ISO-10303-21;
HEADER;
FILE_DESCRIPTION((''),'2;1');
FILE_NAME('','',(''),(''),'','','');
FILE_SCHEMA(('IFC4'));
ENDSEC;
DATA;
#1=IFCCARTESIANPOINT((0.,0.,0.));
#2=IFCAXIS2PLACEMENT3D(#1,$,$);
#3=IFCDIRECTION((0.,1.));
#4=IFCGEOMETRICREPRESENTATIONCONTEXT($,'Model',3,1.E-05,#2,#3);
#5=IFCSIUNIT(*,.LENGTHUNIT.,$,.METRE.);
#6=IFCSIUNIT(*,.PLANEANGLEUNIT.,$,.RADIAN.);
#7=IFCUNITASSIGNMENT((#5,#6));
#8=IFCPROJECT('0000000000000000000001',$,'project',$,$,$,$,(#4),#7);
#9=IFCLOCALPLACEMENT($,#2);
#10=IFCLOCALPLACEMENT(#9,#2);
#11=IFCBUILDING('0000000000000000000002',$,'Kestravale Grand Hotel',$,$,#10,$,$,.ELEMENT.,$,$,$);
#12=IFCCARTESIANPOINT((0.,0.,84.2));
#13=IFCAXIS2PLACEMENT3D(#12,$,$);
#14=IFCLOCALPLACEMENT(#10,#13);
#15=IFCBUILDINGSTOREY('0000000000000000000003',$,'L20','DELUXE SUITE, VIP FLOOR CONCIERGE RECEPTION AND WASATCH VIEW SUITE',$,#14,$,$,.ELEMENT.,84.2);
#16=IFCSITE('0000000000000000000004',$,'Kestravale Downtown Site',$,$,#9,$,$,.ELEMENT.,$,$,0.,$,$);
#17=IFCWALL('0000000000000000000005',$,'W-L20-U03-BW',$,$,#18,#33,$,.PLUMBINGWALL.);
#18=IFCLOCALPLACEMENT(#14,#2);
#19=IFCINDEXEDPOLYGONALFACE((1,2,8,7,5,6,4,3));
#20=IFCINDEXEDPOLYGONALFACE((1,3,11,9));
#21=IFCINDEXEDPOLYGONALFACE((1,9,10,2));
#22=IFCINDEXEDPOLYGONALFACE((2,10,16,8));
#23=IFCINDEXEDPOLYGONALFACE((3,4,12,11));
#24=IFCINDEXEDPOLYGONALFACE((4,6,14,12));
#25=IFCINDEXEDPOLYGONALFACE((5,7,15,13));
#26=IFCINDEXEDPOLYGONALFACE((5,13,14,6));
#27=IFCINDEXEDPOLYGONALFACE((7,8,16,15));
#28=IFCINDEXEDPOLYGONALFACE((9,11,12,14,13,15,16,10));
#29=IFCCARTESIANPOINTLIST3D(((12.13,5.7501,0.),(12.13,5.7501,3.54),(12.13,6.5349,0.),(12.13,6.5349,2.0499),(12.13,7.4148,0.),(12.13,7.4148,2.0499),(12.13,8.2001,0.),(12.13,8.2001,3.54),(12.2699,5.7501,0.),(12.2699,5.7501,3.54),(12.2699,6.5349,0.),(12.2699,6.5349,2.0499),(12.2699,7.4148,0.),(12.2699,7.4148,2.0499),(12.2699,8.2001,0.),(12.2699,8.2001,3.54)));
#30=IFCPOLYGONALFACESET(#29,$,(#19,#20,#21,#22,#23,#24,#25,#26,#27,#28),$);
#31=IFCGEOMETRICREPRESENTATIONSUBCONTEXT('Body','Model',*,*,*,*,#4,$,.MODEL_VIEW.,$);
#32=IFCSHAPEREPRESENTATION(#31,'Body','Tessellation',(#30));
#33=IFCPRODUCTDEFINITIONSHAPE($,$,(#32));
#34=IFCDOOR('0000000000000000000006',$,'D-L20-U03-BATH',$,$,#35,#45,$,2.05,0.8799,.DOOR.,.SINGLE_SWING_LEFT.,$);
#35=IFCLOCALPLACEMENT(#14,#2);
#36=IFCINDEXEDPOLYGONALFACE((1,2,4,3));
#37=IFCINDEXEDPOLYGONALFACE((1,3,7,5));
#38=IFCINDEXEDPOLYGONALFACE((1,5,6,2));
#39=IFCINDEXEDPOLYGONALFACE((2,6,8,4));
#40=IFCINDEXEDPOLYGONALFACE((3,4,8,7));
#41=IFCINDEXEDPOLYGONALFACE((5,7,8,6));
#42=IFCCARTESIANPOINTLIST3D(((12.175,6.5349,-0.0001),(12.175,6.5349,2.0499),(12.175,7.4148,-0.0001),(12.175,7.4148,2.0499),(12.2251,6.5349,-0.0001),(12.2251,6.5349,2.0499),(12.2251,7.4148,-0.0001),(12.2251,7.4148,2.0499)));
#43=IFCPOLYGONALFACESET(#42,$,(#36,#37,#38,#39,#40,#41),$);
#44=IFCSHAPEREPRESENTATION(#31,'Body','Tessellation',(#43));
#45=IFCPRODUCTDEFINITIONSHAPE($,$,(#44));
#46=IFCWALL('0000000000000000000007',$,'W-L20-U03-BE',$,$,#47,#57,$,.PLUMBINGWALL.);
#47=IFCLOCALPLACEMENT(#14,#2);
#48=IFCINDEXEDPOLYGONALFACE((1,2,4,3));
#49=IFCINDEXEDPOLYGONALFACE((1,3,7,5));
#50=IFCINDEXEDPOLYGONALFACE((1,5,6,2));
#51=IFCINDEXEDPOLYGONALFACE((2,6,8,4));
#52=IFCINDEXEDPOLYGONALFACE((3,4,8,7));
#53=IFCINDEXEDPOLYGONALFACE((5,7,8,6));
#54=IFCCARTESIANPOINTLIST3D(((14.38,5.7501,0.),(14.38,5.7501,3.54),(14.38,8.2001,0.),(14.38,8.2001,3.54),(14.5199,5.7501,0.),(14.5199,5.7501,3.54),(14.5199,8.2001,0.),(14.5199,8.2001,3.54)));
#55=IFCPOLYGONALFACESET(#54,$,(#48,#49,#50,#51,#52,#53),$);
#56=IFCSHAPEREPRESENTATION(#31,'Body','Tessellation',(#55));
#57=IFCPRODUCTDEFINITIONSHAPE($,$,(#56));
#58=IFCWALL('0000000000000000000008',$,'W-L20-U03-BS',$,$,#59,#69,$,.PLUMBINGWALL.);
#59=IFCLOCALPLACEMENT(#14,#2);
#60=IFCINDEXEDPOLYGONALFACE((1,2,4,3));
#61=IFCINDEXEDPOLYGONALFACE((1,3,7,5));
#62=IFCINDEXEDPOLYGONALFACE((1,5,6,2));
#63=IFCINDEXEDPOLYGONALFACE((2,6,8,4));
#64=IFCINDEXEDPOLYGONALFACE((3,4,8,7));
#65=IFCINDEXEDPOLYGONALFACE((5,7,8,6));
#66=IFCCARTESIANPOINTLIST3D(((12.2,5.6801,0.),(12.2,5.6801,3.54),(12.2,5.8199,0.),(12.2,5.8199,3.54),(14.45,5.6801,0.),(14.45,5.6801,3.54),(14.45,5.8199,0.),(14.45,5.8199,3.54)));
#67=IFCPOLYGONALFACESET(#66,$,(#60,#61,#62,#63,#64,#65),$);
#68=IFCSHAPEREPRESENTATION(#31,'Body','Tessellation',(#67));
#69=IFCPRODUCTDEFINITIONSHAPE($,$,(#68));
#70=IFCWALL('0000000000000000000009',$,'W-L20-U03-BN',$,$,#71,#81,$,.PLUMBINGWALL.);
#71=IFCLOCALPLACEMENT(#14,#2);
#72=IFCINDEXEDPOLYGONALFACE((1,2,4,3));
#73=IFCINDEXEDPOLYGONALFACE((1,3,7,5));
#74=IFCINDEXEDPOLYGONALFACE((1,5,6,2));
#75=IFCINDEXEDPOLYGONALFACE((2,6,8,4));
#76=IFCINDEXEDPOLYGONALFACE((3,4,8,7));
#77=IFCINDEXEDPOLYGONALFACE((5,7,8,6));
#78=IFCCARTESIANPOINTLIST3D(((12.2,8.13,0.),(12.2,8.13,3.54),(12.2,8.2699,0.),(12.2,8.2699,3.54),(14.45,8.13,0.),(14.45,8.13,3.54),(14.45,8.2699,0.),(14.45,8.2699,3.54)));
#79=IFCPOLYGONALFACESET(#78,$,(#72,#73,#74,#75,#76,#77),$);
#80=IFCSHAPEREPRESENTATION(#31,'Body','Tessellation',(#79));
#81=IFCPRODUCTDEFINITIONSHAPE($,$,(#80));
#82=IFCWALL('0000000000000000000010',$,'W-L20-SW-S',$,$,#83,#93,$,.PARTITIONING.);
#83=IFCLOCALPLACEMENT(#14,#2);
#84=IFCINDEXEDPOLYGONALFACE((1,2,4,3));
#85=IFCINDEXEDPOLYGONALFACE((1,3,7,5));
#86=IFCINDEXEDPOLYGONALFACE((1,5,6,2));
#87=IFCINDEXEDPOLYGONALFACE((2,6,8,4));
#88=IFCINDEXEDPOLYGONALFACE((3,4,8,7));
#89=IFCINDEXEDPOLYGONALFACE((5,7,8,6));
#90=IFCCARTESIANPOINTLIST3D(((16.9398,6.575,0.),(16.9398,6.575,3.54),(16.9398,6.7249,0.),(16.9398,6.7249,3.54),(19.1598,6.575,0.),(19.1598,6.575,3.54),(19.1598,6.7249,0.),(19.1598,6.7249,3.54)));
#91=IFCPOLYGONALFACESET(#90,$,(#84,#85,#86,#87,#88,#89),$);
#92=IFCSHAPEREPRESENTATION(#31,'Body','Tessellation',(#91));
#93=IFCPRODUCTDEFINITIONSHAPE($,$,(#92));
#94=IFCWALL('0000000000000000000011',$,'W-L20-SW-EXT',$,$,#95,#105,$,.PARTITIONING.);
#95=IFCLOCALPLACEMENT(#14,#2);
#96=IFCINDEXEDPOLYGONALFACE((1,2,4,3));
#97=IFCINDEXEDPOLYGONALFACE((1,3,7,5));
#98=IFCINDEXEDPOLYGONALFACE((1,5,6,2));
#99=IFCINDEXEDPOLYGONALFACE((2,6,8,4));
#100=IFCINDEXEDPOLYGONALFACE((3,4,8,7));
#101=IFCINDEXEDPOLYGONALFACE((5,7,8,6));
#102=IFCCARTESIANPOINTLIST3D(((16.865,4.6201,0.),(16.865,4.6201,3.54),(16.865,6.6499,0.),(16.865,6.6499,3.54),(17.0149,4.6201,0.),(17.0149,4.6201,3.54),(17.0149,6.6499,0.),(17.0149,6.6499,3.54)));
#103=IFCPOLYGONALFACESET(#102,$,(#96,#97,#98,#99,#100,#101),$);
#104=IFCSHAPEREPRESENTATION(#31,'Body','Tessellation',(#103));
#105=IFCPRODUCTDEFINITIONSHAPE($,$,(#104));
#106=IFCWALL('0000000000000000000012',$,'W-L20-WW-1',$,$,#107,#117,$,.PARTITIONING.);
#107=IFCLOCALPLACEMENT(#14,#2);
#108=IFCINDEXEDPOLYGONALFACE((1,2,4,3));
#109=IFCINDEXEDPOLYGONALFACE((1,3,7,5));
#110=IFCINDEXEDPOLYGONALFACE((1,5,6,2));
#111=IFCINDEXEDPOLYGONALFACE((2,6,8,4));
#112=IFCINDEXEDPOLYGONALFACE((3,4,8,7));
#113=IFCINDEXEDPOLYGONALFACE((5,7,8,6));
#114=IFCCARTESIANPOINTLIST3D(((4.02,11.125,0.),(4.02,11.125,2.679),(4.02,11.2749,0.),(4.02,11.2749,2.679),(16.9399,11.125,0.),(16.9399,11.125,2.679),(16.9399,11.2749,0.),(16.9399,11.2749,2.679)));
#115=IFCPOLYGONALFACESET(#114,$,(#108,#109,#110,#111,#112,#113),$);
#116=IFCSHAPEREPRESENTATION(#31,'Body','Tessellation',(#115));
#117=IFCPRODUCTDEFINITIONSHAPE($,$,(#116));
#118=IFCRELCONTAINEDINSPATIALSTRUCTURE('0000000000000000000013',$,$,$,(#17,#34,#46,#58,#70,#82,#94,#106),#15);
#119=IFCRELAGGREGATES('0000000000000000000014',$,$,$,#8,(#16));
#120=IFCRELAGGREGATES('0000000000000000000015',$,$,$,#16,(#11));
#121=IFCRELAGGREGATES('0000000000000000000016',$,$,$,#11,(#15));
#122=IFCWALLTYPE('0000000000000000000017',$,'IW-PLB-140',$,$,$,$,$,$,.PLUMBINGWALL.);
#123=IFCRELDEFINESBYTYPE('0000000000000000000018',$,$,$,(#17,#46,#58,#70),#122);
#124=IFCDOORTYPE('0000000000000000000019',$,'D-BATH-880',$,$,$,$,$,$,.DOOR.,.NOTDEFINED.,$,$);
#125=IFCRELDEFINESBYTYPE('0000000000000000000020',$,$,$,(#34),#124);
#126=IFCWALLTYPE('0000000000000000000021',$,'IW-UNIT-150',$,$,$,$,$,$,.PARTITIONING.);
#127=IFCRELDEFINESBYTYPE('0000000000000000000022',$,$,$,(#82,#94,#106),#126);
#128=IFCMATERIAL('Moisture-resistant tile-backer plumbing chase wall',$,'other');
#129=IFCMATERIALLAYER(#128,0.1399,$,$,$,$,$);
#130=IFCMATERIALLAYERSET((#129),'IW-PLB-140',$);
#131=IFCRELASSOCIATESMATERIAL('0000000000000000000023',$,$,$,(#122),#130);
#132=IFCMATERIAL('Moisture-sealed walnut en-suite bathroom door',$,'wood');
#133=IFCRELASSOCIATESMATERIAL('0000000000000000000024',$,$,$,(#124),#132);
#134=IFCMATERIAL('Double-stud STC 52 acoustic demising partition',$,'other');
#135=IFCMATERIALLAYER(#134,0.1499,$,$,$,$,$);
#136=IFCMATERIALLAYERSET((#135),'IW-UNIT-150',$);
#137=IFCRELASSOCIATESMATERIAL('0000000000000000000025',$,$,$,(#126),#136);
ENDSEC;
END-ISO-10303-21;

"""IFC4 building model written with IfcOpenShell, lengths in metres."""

from ifc_helpers import new_model, si_unit, direction, frame, frame_2d, origin, place, context, subcontext, project, spatial, rectangle, extrude, material, layer, layer_set, type_object, element, fill, save


model = new_model("IFC4")

# Units and contexts
model_context = context("Model", 3, precision=1e-05, world=origin(), true_north=direction((0.0, 1.0)))
body_context = subcontext(model_context, "Body", "Model", "MODEL_VIEW")
ifc_project = project(units=[si_unit("LENGTHUNIT", "METRE"), si_unit("PLANEANGLEUNIT", "RADIAN")], contexts=[model_context])

# Site, building, storey
site_placement = place(None, origin())
site = spatial("IfcSite", under=ifc_project, at=site_placement, Name="Kestravale Downtown Site", CompositionType="ELEMENT", RefElevation=0.0)
building_placement = place(site_placement, origin())
building = spatial("IfcBuilding", under=site, at=building_placement, Name="Kestravale Grand Hotel", CompositionType="ELEMENT")
storey_placement = place(building_placement, frame((0.0, 0.0, 84.2)))
storey = spatial("IfcBuildingStorey", under=building, at=storey_placement, Name="L20", Description="DELUXE SUITE, VIP FLOOR CONCIERGE RECEPTION AND WASATCH VIEW SUITE", CompositionType="ELEMENT", Elevation=84.2)

# Wall, opening, door
ifc_material_1 = material(Name="Moisture-resistant tile-backer plumbing chase wall", Category="other")
ifc_layer_1 = layer(ifc_material_1, 0.1399)
ifc_layer_set_1 = layer_set([ifc_layer_1], Name="IW-PLB-140")
wall_type_1 = type_object("IfcWallType", Name="IW-PLB-140", PredefinedType="PLUMBINGWALL", material=ifc_layer_set_1)
wall_1_placement = place(storey_placement, frame((12.2, 5.75, 0.0), z_axis=(0.0, 0.0, 1.0), x_axis=(0.0, 1.0, 0.0)))
wall_1 = element("IfcWall", 1, at=wall_1_placement, inside=storey, type_object=wall_type_1, Name="W-L20-U03-BW", PredefinedType="PLUMBINGWALL", context=body_context, shape_type="SweptSolid", body=[
    extrude(rectangle(XDim=2.45, YDim=0.1399, at=frame_2d((1.2251, 0.0))), origin(), (0.0, 0.0, 1.0), 3.54),
])
opening_1_placement = place(wall_1_placement, frame((0.7849, 0.0, 0.0)))
opening_1 = element("IfcOpeningElement", 2, at=opening_1_placement, cuts=wall_1, PredefinedType="OPENING", context=body_context, shape_type="SweptSolid", body=[
    extrude(rectangle(XDim=0.8799, YDim=2.05, at=frame_2d((0.4399, 1.0249))), frame((0.0, 0.0798, 0.0), z_axis=(0.0, -1.0, 0.0), x_axis=(1.0, 0.0, 0.0)), (0.0, 0.0, 1.0), 0.1599),
])
ifc_material_2 = material(Name="Moisture-sealed walnut en-suite bathroom door", Category="wood")
door_type_1 = type_object("IfcDoorType", Name="D-BATH-880", OperationType="NOTDEFINED", PredefinedType="DOOR", material=ifc_material_2)
door_1_placement = place(opening_1_placement, origin())
door_1 = element("IfcDoor", 3, at=door_1_placement, inside=storey, type_object=door_type_1, Name="D-L20-U03-BATH", OperationType="SINGLE_SWING_LEFT", OverallHeight=2.05, OverallWidth=0.8799, PredefinedType="DOOR", context=body_context, shape_type="SweptSolid", body=[
    extrude(rectangle(XDim=0.8799, YDim=2.05, at=frame_2d((0.4399, 1.0249))), frame((0.0, 0.0249, 0.0), z_axis=(0.0, -1.0, 0.0), x_axis=(1.0, 0.0, 0.0)), (0.0, 0.0, 1.0), 0.05),
])
fill(opening_1, door_1)

# Walls
wall_2_placement = place(storey_placement, frame((14.45, 5.75, 0.0), z_axis=(0.0, 0.0, 1.0), x_axis=(0.0, 1.0, 0.0)))
element("IfcWall", 4, at=wall_2_placement, inside=storey, type_object=wall_type_1, Name="W-L20-U03-BE", PredefinedType="PLUMBINGWALL", context=body_context, shape_type="SweptSolid", body=[
    extrude(rectangle(XDim=2.45, YDim=0.1399, at=frame_2d((1.2251, 0.0))), origin(), (0.0, 0.0, 1.0), 3.54),
])
for number, where, z_axis, x_axis, name in (
    (5, (12.2, 5.75, 0.0), (0.0, 0.0, 1.0), (1.0, 0.0, 0.0), "W-L20-U03-BS"),
    (6, (12.2, 8.2, 0.0), (0.0, 0.0, 1.0), (1.0, 0.0, 0.0), "W-L20-U03-BN"),
):
    element("IfcWall", number, at=place(storey_placement, frame(where, z_axis=z_axis, x_axis=x_axis)), inside=storey, type_object=wall_type_1, Name=name, PredefinedType="PLUMBINGWALL", context=body_context, shape_type="SweptSolid", body=[
        extrude(rectangle(XDim=2.25, YDim=0.1399, at=frame_2d((1.125, 0.0))), origin(), (0.0, 0.0, 1.0), 3.54),
    ])
ifc_material_3 = material(Name="Double-stud STC 52 acoustic demising partition", Category="other")
ifc_layer_2 = layer(ifc_material_3, 0.1499)
ifc_layer_set_2 = layer_set([ifc_layer_2], Name="IW-UNIT-150")
wall_type_2 = type_object("IfcWallType", Name="IW-UNIT-150", PredefinedType="PARTITIONING", material=ifc_layer_set_2)
wall_3_placement = place(storey_placement, frame((16.9399, 6.6499, 0.0), z_axis=(0.0, 0.0, 1.0), x_axis=(1.0, 0.0, 0.0)))
element("IfcWall", 7, at=wall_3_placement, inside=storey, type_object=wall_type_2, Name="W-L20-SW-S", PredefinedType="PARTITIONING", context=body_context, shape_type="SweptSolid", body=[
    extrude(rectangle(XDim=2.22, YDim=0.1499, at=frame_2d((1.1099, 0.0))), origin(), (0.0, 0.0, 1.0), 3.54),
])
wall_4_placement = place(storey_placement, frame((16.9399, 4.6201, 0.0), z_axis=(0.0, 0.0, 1.0), x_axis=(0.0, 1.0, 0.0)))
element("IfcWall", 8, at=wall_4_placement, inside=storey, type_object=wall_type_2, Name="W-L20-SW-EXT", PredefinedType="PARTITIONING", context=body_context, shape_type="SweptSolid", body=[
    extrude(rectangle(XDim=2.0298, YDim=0.1499, at=frame_2d((1.0149, 0.0))), origin(), (0.0, 0.0, 1.0), 3.54),
])
wall_5_placement = place(storey_placement, frame((4.02, 11.2, 0.0), z_axis=(0.0, 0.0, 1.0), x_axis=(1.0, 0.0, 0.0)))
element("IfcWall", 9, at=wall_5_placement, inside=storey, type_object=wall_type_2, Name="W-L20-WW-1", PredefinedType="PARTITIONING", context=body_context, shape_type="SweptSolid", body=[
    extrude(rectangle(XDim=12.9199, YDim=0.1499, at=frame_2d((6.46, 0.0))), origin(), (0.0, 0.0, 1.0), 2.679),
])

save(model, "model.ifc")
